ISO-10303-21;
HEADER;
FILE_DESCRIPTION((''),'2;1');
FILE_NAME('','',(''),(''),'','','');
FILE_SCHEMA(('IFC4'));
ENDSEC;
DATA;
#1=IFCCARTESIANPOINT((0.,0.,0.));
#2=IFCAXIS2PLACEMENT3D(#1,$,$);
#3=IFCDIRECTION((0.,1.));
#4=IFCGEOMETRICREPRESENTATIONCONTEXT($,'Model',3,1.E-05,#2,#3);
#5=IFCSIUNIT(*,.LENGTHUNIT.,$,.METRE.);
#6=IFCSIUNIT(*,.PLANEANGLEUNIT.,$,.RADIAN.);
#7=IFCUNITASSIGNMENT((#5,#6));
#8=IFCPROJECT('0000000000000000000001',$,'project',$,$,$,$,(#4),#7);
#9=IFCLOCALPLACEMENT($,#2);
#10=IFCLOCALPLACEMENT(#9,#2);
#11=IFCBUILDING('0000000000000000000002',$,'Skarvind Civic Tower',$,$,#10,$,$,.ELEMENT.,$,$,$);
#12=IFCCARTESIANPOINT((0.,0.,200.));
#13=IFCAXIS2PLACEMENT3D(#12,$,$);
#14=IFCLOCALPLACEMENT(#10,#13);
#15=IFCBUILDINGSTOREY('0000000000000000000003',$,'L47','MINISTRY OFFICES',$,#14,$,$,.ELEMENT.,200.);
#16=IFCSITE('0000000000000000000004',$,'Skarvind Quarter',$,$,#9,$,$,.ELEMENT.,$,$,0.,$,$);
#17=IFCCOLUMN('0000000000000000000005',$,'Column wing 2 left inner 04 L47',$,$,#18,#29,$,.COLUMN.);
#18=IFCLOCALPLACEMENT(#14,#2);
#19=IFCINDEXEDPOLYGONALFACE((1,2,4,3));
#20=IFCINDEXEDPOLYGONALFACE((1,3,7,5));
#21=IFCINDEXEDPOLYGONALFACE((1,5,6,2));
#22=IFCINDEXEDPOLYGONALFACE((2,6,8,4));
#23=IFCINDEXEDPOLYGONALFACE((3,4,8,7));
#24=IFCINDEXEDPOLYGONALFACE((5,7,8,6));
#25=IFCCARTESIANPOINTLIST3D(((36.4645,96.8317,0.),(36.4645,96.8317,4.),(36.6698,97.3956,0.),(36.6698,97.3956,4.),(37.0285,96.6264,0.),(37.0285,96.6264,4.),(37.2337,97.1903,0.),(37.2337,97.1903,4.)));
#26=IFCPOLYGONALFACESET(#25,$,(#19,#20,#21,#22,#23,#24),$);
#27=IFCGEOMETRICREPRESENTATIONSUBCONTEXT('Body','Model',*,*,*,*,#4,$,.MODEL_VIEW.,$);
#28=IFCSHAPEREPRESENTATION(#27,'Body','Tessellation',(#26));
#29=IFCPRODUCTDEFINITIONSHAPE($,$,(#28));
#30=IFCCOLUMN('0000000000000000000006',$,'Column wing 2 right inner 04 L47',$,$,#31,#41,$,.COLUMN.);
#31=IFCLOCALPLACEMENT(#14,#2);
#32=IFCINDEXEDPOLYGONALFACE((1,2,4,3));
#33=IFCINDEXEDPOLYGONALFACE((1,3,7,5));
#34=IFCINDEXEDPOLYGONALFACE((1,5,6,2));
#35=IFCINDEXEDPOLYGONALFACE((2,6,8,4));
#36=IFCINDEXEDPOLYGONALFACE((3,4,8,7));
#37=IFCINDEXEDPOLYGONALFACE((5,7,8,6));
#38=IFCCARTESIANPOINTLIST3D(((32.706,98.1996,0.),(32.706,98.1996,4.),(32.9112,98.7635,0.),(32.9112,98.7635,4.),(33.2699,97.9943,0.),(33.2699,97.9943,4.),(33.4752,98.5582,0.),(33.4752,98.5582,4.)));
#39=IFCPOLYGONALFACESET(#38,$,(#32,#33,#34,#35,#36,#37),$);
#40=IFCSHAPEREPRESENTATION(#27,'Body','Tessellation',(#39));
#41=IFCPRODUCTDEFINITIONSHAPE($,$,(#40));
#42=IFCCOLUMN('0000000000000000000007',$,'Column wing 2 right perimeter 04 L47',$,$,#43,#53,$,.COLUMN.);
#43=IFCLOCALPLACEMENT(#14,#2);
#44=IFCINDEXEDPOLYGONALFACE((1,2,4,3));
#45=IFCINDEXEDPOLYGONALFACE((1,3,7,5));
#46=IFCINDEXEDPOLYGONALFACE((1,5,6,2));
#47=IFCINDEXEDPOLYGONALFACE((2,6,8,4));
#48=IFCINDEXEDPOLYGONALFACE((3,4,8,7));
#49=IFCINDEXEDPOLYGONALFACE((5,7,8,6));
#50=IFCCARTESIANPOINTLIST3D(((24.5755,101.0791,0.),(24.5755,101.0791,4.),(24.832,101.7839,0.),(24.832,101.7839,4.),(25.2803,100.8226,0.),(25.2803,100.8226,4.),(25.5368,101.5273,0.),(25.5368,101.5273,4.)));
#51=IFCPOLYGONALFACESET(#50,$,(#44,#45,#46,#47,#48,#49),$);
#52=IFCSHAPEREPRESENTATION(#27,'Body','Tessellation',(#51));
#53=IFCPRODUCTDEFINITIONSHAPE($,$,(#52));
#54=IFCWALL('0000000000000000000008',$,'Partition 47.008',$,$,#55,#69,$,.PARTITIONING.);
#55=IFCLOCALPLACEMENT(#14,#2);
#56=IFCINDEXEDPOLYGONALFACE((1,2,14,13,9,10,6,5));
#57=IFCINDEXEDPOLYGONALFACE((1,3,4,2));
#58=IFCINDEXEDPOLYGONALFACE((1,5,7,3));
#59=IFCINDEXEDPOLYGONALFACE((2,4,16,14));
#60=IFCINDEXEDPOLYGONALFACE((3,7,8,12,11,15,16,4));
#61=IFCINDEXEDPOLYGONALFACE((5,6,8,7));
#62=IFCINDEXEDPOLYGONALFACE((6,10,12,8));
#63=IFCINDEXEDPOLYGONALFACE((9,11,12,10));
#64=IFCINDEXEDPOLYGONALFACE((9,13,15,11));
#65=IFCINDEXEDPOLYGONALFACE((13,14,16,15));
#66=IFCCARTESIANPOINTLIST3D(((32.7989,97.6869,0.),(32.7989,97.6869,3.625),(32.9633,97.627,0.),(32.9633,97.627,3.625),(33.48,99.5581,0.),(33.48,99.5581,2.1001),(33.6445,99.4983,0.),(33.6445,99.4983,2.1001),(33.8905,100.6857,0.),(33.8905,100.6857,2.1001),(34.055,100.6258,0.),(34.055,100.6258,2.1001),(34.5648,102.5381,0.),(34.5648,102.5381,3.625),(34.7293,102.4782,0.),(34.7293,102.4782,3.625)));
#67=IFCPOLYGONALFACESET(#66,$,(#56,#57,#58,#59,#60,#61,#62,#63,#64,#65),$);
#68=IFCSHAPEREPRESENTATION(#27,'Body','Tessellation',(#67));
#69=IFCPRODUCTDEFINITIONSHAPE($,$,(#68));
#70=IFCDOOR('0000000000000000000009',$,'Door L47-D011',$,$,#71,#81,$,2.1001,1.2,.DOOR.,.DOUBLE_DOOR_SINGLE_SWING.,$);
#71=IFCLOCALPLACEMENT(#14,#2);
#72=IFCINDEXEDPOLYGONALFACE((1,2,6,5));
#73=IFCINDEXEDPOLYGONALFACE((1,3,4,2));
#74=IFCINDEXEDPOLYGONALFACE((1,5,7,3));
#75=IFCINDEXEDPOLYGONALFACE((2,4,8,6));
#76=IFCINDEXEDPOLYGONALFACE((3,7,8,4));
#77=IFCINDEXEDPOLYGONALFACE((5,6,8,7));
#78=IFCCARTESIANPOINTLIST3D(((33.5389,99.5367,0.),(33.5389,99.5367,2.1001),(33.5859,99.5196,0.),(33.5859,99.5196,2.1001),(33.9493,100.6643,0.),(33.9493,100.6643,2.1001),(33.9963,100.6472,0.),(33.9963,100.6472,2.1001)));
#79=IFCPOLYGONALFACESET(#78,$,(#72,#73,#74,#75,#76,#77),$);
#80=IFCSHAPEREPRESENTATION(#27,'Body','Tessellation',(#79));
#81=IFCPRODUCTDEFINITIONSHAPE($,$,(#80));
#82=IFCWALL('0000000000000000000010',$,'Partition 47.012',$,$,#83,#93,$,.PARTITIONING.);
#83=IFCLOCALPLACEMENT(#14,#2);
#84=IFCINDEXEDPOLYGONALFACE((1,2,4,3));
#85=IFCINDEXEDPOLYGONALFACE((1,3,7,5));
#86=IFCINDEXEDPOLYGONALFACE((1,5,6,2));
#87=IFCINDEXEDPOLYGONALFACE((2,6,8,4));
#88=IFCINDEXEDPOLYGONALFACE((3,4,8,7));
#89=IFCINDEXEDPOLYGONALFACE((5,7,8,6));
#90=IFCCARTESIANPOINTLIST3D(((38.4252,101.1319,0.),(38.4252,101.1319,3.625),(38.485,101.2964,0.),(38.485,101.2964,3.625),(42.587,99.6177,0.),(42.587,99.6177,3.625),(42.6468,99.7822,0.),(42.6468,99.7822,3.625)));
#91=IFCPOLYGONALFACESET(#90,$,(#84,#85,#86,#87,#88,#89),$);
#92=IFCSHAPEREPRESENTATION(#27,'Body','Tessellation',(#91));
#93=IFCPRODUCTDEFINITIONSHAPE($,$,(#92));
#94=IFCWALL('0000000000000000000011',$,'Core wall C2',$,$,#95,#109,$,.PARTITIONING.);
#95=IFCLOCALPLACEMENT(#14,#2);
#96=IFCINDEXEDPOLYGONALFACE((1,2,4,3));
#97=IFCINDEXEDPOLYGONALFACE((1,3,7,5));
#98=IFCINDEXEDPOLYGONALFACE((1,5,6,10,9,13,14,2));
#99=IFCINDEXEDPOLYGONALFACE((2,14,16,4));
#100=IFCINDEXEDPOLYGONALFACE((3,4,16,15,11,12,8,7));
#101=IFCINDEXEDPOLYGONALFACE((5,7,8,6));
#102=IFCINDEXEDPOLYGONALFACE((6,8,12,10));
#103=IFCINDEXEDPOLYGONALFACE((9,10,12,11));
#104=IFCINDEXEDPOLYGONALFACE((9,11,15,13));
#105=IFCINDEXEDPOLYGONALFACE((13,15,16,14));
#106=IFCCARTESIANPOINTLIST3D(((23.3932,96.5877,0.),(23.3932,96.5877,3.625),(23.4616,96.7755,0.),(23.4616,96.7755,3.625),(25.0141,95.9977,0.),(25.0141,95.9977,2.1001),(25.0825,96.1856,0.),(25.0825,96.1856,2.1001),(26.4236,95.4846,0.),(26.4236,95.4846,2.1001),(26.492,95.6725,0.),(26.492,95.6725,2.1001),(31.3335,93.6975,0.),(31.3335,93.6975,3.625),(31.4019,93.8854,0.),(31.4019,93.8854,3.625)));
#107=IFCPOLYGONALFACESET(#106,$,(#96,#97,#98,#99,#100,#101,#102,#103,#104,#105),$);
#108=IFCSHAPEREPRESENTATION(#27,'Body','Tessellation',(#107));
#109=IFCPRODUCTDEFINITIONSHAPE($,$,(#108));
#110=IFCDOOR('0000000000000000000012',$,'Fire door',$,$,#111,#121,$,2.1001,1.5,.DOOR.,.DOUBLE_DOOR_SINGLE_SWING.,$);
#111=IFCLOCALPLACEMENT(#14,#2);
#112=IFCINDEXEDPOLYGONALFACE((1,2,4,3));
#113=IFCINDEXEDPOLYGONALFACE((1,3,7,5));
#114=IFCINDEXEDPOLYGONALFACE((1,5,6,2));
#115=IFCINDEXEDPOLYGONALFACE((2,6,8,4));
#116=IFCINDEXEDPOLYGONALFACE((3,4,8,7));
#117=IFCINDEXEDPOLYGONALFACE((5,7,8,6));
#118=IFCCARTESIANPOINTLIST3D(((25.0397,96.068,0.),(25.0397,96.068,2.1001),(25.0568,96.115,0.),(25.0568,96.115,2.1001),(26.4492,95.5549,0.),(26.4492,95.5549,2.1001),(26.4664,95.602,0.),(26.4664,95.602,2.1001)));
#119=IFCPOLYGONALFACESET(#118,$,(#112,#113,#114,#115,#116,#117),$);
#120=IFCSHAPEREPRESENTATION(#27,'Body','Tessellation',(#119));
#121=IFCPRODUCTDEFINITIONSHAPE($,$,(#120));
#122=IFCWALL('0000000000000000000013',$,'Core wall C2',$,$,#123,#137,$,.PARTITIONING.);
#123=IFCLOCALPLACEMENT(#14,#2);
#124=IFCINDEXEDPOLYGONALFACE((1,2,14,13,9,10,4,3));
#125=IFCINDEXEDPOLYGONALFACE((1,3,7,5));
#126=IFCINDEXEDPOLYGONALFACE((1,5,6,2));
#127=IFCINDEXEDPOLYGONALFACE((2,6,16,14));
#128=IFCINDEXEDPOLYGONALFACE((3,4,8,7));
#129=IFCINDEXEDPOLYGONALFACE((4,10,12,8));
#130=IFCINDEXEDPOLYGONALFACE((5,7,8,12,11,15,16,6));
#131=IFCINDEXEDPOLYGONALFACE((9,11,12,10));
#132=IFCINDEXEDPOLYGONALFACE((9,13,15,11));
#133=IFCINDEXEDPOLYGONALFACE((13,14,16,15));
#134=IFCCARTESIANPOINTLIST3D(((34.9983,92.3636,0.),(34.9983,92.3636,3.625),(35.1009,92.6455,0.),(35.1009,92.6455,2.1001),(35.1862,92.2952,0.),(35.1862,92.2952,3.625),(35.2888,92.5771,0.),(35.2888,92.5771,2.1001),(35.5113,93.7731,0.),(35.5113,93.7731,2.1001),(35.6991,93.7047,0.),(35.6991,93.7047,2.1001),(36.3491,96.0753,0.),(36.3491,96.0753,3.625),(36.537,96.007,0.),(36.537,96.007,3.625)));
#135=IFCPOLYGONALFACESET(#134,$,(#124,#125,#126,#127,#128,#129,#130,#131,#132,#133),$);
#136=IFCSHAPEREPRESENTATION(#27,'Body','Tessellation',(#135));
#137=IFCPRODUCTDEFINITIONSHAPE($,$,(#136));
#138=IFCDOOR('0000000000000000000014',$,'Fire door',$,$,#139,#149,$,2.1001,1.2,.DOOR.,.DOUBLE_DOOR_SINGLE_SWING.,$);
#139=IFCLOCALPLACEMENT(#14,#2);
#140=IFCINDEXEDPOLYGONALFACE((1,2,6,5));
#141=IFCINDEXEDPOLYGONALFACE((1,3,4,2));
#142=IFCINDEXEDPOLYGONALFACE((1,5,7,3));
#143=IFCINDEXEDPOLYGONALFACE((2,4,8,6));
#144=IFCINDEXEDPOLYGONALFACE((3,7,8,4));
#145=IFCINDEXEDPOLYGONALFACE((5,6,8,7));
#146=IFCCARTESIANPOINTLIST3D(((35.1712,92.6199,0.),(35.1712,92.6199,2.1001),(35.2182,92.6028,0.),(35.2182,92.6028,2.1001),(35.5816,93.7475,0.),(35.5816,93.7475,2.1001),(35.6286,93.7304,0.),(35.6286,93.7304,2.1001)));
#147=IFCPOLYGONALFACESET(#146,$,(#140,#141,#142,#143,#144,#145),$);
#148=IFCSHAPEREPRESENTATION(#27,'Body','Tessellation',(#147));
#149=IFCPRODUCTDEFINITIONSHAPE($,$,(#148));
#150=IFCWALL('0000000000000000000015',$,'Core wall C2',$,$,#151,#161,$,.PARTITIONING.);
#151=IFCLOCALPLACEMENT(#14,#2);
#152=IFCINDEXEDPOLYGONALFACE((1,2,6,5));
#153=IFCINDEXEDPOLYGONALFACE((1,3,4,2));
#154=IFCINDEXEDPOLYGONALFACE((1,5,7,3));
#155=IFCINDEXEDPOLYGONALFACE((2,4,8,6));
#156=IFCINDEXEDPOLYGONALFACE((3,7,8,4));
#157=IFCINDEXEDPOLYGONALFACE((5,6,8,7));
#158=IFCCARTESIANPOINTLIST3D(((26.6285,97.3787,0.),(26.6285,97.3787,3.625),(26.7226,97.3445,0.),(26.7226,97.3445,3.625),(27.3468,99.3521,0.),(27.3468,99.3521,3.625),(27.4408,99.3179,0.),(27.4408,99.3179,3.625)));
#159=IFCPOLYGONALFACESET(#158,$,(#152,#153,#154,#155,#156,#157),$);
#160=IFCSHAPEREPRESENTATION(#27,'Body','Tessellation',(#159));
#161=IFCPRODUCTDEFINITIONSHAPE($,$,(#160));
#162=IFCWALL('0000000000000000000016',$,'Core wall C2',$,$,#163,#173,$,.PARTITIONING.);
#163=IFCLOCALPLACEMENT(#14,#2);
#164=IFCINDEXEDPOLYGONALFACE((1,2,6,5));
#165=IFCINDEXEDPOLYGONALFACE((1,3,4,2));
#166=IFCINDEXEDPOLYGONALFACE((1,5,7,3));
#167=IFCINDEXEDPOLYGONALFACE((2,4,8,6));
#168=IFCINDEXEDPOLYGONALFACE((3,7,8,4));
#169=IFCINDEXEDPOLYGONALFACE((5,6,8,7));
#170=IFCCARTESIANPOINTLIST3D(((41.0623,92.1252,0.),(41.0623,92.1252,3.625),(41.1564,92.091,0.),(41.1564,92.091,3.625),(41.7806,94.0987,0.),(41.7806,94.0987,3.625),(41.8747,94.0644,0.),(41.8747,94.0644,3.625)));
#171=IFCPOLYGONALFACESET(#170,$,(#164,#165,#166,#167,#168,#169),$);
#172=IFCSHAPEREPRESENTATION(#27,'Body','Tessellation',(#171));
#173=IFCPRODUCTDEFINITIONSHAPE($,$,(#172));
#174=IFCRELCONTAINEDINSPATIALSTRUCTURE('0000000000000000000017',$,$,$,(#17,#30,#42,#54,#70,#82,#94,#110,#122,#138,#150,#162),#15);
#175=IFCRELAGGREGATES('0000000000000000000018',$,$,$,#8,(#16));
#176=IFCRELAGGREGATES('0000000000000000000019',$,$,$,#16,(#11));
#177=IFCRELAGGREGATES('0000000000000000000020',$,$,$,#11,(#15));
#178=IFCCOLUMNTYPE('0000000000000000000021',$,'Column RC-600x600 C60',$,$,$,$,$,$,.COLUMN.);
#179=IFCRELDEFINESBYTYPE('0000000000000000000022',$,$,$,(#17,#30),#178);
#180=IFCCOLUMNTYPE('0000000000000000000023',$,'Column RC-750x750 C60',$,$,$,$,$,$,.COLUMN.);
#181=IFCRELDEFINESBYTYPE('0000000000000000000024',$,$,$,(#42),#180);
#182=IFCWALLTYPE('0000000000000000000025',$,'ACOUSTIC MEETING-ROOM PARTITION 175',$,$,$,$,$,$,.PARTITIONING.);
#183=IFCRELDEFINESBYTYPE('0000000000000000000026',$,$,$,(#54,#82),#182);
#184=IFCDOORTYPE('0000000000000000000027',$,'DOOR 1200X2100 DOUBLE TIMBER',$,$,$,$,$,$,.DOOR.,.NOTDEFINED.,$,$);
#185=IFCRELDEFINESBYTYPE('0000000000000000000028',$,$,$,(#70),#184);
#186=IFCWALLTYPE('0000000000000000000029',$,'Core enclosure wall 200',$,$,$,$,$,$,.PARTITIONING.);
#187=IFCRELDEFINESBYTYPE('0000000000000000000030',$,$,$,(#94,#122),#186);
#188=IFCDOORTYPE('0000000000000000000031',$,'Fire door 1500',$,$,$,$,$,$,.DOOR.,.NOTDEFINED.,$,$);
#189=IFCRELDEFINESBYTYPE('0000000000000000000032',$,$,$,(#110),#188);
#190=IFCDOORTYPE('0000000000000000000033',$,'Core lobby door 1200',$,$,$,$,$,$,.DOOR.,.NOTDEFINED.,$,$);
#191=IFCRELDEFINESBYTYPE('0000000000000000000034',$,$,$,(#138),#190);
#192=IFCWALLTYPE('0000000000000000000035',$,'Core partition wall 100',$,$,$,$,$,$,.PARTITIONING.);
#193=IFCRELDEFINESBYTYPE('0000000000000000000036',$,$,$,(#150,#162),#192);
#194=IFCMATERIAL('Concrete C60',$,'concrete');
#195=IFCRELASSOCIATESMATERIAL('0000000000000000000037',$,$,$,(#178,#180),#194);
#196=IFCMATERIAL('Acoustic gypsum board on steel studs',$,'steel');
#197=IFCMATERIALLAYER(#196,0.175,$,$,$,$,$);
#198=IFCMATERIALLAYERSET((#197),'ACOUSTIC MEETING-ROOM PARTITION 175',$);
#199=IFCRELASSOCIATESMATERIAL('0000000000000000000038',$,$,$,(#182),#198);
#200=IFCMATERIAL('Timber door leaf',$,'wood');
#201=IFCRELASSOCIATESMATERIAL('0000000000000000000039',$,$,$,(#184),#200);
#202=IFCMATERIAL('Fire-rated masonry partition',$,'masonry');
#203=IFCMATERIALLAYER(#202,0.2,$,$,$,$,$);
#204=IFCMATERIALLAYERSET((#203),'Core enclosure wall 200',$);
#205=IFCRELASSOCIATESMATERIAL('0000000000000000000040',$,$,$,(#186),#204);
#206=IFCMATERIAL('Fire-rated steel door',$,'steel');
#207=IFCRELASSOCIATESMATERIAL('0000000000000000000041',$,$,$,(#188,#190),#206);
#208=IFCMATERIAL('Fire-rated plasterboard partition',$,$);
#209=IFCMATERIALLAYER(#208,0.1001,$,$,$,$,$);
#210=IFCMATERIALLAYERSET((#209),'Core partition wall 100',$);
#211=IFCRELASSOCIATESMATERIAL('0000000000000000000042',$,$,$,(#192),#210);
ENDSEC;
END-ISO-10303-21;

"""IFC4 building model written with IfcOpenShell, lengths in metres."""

from ifc_helpers import new_model, si_unit, direction, frame, frame_2d, origin, origin_2d, place, context, subcontext, project, spatial, rectangle, extrude, material, layer, layer_set, material_profile, profile_set, type_object, element, fill, save


model = new_model("IFC4")

# Units and contexts
model_context = context("Model", 3, precision=1e-05, world=origin(), true_north=direction((0.0, 1.0)))
body_context = subcontext(model_context, "Body", "Model", "MODEL_VIEW")
ifc_project = project(units=[si_unit("LENGTHUNIT", "METRE"), si_unit("PLANEANGLEUNIT", "RADIAN")], contexts=[model_context])

# Site, building, storey
site_placement = place(None, origin())
site = spatial("IfcSite", under=ifc_project, at=site_placement, Name="Skarvind Quarter", CompositionType="ELEMENT", RefElevation=0.0)
building_placement = place(site_placement, origin())
building = spatial("IfcBuilding", under=site, at=building_placement, Name="Skarvind Civic Tower", CompositionType="ELEMENT")
storey_placement = place(building_placement, frame((0.0, 0.0, 200.0)))
storey = spatial("IfcBuildingStorey", under=building, at=storey_placement, Name="L47", Description="MINISTRY OFFICES", CompositionType="ELEMENT", Elevation=200.0)

# Columns
ifc_material_1 = material(Name="Concrete C60", Category="concrete")
ifc_material_profile_1 = material_profile(ifc_material_1, rectangle(XDim=0.6001, YDim=0.6001, at=origin_2d()), Name="RC-600x600")
ifc_profile_set_1 = profile_set([ifc_material_profile_1], Name="Concrete C60")
column_type_1 = type_object("IfcColumnType", Name="Column RC-600x600 C60", PredefinedType="COLUMN", material=ifc_profile_set_1)
for number, where, z_axis, x_axis, name in (
    (1, (36.8491, 97.011, 0.0), (0.0, 0.0, 1.0), (-0.34202, -0.939693, 0.0), "Column wing 2 left inner 04 L47"),
    (2, (33.0906, 98.3789, 0.0), (0.0, 0.0, 1.0), (-0.34202, -0.939693, 0.0), "Column wing 2 right inner 04 L47"),
):
    element("IfcColumn", number, at=place(storey_placement, frame(where, z_axis=z_axis, x_axis=x_axis)), inside=storey, type_object=column_type_1, Name=name, PredefinedType="COLUMN", context=body_context, shape_type="SweptSolid", body=[
        extrude(rectangle(XDim=0.6001, YDim=0.6001, at=origin_2d()), origin(), (0.0, 0.0, 1.0), 4.0),
    ])
ifc_material_profile_2 = material_profile(ifc_material_1, rectangle(XDim=0.75, YDim=0.75, at=origin_2d()), Name="RC-750x750")
ifc_profile_set_2 = profile_set([ifc_material_profile_2], Name="Concrete C60")
column_type_2 = type_object("IfcColumnType", Name="Column RC-750x750 C60", PredefinedType="COLUMN", material=ifc_profile_set_2)
column_placement = place(storey_placement, frame((25.0562, 101.3032, 0.0), z_axis=(0.0, 0.0, 1.0), x_axis=(-0.34202, -0.939693, 0.0)))
element("IfcColumn", 3, at=column_placement, inside=storey, type_object=column_type_2, Name="Column wing 2 right perimeter 04 L47", PredefinedType="COLUMN", context=body_context, shape_type="SweptSolid", body=[
    extrude(rectangle(XDim=0.75, YDim=0.75, at=origin_2d()), origin(), (0.0, 0.0, 1.0), 4.0),
])

# Wall, opening, door
ifc_material_2 = material(Name="Acoustic gypsum board on steel studs", Category="steel")
ifc_layer_1 = layer(ifc_material_2, 0.175)
ifc_layer_set_1 = layer_set([ifc_layer_1], Name="ACOUSTIC MEETING-ROOM PARTITION 175")
wall_type_1 = type_object("IfcWallType", Name="ACOUSTIC MEETING-ROOM PARTITION 175", PredefinedType="PARTITIONING", material=ifc_layer_set_1)
wall_1_placement = place(storey_placement, frame((32.8811, 97.657, 0.0), z_axis=(0.0, 0.0, 1.0), x_axis=(0.342058, 0.939679, 0.0)))
wall_1 = element("IfcWall", 4, at=wall_1_placement, inside=storey, type_object=wall_type_1, Name="Partition 47.008", PredefinedType="PARTITIONING", context=body_context, shape_type="SweptSolid", body=[
    extrude(rectangle(XDim=5.1626, YDim=0.175, at=frame_2d((2.5813, 0.0))), origin(), (0.0, 0.0, 1.0), 3.625),
])
opening_1_placement = place(wall_1_placement, frame((1.9912, 0.0, 0.0)))
opening_1 = element("IfcOpeningElement", 5, at=opening_1_placement, cuts=wall_1, PredefinedType="OPENING", context=body_context, shape_type="SweptSolid", body=[
    extrude(rectangle(XDim=1.2, YDim=2.1001, at=frame_2d((0.6001, 1.05))), frame((0.0, 0.0974, 0.0), z_axis=(0.0, -1.0, 0.0), x_axis=(1.0, 0.0, 0.0)), (0.0, 0.0, 1.0), 0.1951),
])
ifc_material_3 = material(Name="Timber door leaf", Category="wood")
door_type_1 = type_object("IfcDoorType", Name="DOOR 1200X2100 DOUBLE TIMBER", OperationType="NOTDEFINED", PredefinedType="DOOR", material=ifc_material_3)
door_1_placement = place(opening_1_placement, origin())
door_1 = element("IfcDoor", 6, at=door_1_placement, inside=storey, type_object=door_type_1, Name="Door L47-D011", OperationType="DOUBLE_DOOR_SINGLE_SWING", OverallHeight=2.1001, OverallWidth=1.2, PredefinedType="DOOR", context=body_context, shape_type="SweptSolid", body=[
    extrude(rectangle(XDim=1.2, YDim=2.1001, at=frame_2d((0.6001, 1.05))), frame((0.0, 0.0249, 0.0), z_axis=(0.0, -1.0, 0.0), x_axis=(1.0, 0.0, 0.0)), (0.0, 0.0, 1.0), 0.05),
])
fill(opening_1, door_1)

# Wall
wall_2_placement = place(storey_placement, frame((38.4551, 101.2141, 0.0), z_axis=(0.0, 0.0, 1.0), x_axis=(0.939739, -0.341894, 0.0)))
element("IfcWall", 7, at=wall_2_placement, inside=storey, type_object=wall_type_1, Name="Partition 47.012", PredefinedType="PARTITIONING", context=body_context, shape_type="SweptSolid", body=[
    extrude(rectangle(XDim=4.4287, YDim=0.175, at=frame_2d((2.2144, 0.0))), origin(), (0.0, 0.0, 1.0), 3.625),
])

# Walls, openings, doors
ifc_material_4 = material(Name="Fire-rated masonry partition", Category="masonry")
ifc_layer_2 = layer(ifc_material_4, 0.2)
ifc_layer_set_2 = layer_set([ifc_layer_2], Name="Core enclosure wall 200")
wall_type_2 = type_object("IfcWallType", Name="Core enclosure wall 200", PredefinedType="PARTITIONING", material=ifc_layer_set_2)
wall_3_placement = place(storey_placement, frame((23.4272, 96.6816, 0.0), z_axis=(0.0, 0.0, 1.0), x_axis=(0.93969, -0.342026, 0.0)))
wall_3 = element("IfcWall", 8, at=wall_3_placement, inside=storey, type_object=wall_type_2, Name="Core wall C2", PredefinedType="PARTITIONING", context=body_context, shape_type="SweptSolid", body=[
    extrude(rectangle(XDim=8.45, YDim=0.2, at=frame_2d((4.2251, 0.0))), origin(), (0.0, 0.0, 1.0), 3.625),
])
opening_2_placement = place(wall_3_placement, frame((1.7251, 0.0, 0.0)))
opening_2 = element("IfcOpeningElement", 9, at=opening_2_placement, cuts=wall_3, PredefinedType="OPENING", context=body_context, shape_type="SweptSolid", body=[
    extrude(rectangle(XDim=1.5, YDim=2.1001, at=frame_2d((0.75, 1.05))), frame((0.0, 0.1099, 0.0), z_axis=(0.0, -1.0, 0.0), x_axis=(1.0, 0.0, 0.0)), (0.0, 0.0, 1.0), 0.22),
])
ifc_material_5 = material(Name="Fire-rated steel door", Category="steel")
door_type_2 = type_object("IfcDoorType", Name="Fire door 1500", OperationType="NOTDEFINED", PredefinedType="DOOR", material=ifc_material_5)
door_2_placement = place(opening_2_placement, origin())
door_2 = element("IfcDoor", 10, at=door_2_placement, inside=storey, type_object=door_type_2, Name="Fire door", OperationType="DOUBLE_DOOR_SINGLE_SWING", OverallHeight=2.1001, OverallWidth=1.5, PredefinedType="DOOR", context=body_context, shape_type="SweptSolid", body=[
    extrude(rectangle(XDim=1.5, YDim=2.1001, at=frame_2d((0.75, 1.05))), frame((0.0, 0.0249, 0.0), z_axis=(0.0, -1.0, 0.0), x_axis=(1.0, 0.0, 0.0)), (0.0, 0.0, 1.0), 0.05),
])
fill(opening_2, door_2)
wall_4_placement = place(storey_placement, frame((36.4431, 96.0413, 0.0), z_axis=(0.0, 0.0, 1.0), x_axis=(-0.341996, -0.939701, 0.0)))
wall_4 = element("IfcWall", 11, at=wall_4_placement, inside=storey, type_object=wall_type_2, Name="Core wall C2", PredefinedType="PARTITIONING", context=body_context, shape_type="SweptSolid", body=[
    extrude(rectangle(XDim=3.95, YDim=0.2, at=frame_2d((1.9751, 0.0))), origin(), (0.0, 0.0, 1.0), 3.625),
])
opening_3_placement = place(wall_4_placement, frame((2.45, 0.0, 0.0)))
opening_3 = element("IfcOpeningElement", 12, at=opening_3_placement, cuts=wall_4, PredefinedType="OPENING", context=body_context, shape_type="SweptSolid", body=[
    extrude(rectangle(XDim=1.2, YDim=2.1001, at=frame_2d((0.6001, 1.05))), frame((0.0, 0.1099, 0.0), z_axis=(0.0, -1.0, 0.0), x_axis=(1.0, 0.0, 0.0)), (0.0, 0.0, 1.0), 0.22),
])
door_type_3 = type_object("IfcDoorType", Name="Core lobby door 1200", OperationType="NOTDEFINED", PredefinedType="DOOR", material=ifc_material_5)
door_3_placement = place(opening_3_placement, origin())
door_3 = element("IfcDoor", 13, at=door_3_placement, inside=storey, type_object=door_type_3, Name="Fire door", OperationType="DOUBLE_DOOR_SINGLE_SWING", OverallHeight=2.1001, OverallWidth=1.2, PredefinedType="DOOR", context=body_context, shape_type="SweptSolid", body=[
    extrude(rectangle(XDim=1.2, YDim=2.1001, at=frame_2d((0.6001, 1.05))), frame((0.0, 0.0249, 0.0), z_axis=(0.0, -1.0, 0.0), x_axis=(1.0, 0.0, 0.0)), (0.0, 0.0, 1.0), 0.05),
])
fill(opening_3, door_3)

# Walls
ifc_material_6 = material(Name="Fire-rated plasterboard partition")
ifc_layer_3 = layer(ifc_material_6, 0.1001)
ifc_layer_set_3 = layer_set([ifc_layer_3], Name="Core partition wall 100")
wall_type_3 = type_object("IfcWallType", Name="Core partition wall 100", PredefinedType="PARTITIONING", material=ifc_layer_set_3)
for number, where, z_axis, x_axis, name in (
    (14, (26.6755, 97.3616, 0.0), (0.0, 0.0, 1.0), (0.342023, 0.939692, 0.0), "Core wall C2"),
    (15, (41.8276, 94.0815, 0.0), (0.0, 0.0, 1.0), (-0.342023, -0.939692, 0.0), "Core wall C2"),
):
    element("IfcWall", number, at=place(storey_placement, frame(where, z_axis=z_axis, x_axis=x_axis)), inside=storey, type_object=wall_type_3, Name=name, PredefinedType="PARTITIONING", context=body_context, shape_type="SweptSolid", body=[
        extrude(rectangle(XDim=2.1001, YDim=0.1001, at=frame_2d((1.05, 0.0))), origin(), (0.0, 0.0, 1.0), 3.625),
    ])

save(model, "model.ifc")
